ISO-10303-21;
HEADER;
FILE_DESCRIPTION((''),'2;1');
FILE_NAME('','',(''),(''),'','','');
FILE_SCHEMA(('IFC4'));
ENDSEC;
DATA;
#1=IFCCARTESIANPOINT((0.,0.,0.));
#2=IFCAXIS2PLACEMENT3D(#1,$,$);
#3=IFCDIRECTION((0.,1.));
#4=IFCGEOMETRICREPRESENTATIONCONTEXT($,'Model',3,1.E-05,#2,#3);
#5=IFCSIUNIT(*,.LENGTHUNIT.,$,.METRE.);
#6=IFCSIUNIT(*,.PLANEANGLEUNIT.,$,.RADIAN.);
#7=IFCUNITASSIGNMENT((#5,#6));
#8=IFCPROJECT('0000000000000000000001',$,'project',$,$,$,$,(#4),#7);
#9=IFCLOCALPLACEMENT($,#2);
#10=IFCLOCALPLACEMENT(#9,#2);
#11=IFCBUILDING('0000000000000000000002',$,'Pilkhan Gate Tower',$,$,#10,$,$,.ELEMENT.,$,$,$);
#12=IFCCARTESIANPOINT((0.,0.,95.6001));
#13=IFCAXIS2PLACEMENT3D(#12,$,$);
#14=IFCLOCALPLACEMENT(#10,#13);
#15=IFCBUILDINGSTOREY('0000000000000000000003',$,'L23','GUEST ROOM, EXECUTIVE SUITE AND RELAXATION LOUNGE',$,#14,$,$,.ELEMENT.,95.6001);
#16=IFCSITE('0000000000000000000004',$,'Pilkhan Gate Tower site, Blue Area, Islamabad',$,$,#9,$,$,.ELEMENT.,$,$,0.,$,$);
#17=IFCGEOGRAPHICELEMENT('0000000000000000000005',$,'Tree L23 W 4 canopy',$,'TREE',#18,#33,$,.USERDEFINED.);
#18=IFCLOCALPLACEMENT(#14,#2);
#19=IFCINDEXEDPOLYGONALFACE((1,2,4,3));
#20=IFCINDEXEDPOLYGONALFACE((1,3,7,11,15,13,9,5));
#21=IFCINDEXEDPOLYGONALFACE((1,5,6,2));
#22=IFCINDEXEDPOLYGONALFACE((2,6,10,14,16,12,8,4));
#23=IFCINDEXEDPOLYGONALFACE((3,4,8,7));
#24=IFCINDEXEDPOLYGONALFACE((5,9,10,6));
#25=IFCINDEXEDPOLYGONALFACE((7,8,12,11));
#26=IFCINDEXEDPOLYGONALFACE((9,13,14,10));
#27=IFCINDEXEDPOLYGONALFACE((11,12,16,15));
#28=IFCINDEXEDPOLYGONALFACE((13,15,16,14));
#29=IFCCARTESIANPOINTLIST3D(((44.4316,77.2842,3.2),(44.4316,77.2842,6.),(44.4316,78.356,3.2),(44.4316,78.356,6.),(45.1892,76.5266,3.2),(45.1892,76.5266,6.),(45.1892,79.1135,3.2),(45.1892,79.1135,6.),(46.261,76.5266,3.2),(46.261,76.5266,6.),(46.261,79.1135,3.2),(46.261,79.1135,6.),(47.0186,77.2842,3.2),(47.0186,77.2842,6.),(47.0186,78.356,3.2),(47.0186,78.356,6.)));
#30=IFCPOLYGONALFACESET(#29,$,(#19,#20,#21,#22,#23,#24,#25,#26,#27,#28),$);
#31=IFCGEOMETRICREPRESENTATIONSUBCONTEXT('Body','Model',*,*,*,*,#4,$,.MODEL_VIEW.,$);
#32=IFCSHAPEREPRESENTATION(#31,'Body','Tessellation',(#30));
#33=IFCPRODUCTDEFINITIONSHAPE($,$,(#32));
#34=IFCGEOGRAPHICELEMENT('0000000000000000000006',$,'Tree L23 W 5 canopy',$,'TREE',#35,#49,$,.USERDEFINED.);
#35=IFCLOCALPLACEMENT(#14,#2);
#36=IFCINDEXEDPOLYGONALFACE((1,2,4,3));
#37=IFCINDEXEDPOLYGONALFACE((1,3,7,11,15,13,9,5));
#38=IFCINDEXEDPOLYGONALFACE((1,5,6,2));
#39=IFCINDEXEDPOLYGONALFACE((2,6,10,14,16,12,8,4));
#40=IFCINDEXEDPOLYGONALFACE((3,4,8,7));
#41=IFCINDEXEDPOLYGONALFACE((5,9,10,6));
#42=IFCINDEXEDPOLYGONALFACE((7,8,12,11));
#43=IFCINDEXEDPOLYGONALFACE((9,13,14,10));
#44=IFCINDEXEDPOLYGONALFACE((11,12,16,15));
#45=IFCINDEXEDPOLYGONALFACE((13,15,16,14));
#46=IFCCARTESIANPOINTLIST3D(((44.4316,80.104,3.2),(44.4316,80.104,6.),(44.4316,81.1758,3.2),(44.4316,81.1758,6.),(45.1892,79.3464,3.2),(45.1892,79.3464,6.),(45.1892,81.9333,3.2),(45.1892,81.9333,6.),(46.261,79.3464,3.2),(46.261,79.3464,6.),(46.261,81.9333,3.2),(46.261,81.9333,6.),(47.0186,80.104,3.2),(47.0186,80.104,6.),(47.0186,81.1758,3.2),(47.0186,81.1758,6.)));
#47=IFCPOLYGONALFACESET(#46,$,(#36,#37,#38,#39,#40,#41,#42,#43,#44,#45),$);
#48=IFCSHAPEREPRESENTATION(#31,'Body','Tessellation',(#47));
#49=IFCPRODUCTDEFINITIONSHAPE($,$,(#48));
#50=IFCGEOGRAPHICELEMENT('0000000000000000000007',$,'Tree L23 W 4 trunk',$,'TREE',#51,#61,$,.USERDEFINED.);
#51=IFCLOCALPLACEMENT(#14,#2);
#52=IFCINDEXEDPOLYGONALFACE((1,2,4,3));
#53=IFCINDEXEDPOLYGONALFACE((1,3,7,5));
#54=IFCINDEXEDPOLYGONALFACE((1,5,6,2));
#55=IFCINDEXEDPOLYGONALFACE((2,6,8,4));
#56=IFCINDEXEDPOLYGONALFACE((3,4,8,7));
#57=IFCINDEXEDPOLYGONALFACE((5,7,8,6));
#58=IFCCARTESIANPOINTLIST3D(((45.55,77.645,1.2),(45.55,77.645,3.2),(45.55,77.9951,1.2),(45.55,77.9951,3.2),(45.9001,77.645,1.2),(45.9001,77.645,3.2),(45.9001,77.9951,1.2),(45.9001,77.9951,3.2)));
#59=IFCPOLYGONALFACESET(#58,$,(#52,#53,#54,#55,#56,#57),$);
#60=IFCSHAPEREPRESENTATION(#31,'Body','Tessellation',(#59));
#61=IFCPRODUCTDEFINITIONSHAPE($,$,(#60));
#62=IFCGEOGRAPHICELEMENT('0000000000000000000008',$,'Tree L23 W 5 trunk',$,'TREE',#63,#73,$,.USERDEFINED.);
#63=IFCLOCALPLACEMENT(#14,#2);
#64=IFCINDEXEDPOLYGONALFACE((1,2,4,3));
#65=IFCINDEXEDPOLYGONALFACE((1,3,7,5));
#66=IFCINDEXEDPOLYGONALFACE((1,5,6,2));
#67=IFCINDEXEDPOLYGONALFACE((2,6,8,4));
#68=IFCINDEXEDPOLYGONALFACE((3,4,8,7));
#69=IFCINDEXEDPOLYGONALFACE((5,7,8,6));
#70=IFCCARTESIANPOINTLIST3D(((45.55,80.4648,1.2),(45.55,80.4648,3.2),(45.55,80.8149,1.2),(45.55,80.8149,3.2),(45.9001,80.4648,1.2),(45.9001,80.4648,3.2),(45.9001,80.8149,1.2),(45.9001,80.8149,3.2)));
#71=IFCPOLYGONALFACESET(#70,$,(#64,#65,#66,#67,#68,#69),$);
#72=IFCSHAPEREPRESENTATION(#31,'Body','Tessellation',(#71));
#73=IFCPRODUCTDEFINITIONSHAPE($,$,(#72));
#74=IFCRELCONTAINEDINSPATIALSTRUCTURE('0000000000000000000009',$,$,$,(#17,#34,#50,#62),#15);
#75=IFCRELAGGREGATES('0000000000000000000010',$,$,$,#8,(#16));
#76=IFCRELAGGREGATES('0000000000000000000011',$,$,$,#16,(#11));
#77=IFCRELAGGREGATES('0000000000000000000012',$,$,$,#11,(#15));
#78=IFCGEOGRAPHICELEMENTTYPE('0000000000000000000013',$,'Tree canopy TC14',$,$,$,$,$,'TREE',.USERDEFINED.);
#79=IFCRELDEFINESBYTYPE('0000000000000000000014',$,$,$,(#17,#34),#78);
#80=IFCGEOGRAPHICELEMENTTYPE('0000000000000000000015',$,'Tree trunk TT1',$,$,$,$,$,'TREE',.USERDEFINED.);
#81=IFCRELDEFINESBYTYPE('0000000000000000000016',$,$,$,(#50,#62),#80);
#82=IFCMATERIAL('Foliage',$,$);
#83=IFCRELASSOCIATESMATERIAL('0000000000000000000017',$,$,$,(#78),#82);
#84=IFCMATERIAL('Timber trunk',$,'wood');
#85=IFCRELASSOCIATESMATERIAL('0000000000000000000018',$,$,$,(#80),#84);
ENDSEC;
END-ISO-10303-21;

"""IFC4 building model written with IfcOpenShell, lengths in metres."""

from ifc_helpers import new_model, si_unit, direction, frame, origin, origin_2d, place, context, subcontext, project, spatial, polyline, rectangle, outline, extrude, material, material_profile, profile_set, type_object, element, save


model = new_model("IFC4")

# Units and contexts
model_context = context("Model", 3, precision=1e-05, world=origin(), true_north=direction((0.0, 1.0)))
body_context = subcontext(model_context, "Body", "Model", "MODEL_VIEW")
ifc_project = project(units=[si_unit("LENGTHUNIT", "METRE"), si_unit("PLANEANGLEUNIT", "RADIAN")], contexts=[model_context])

# Site, building, storey
site_placement = place(None, origin())
site = spatial("IfcSite", under=ifc_project, at=site_placement, Name="Pilkhan Gate Tower site, Blue Area, Islamabad", CompositionType="ELEMENT", RefElevation=0.0)
building_placement = place(site_placement, origin())
building = spatial("IfcBuilding", under=site, at=building_placement, Name="Pilkhan Gate Tower", CompositionType="ELEMENT")
storey_placement = place(building_placement, frame((0.0, 0.0, 95.6001)))
storey = spatial("IfcBuildingStorey", under=building, at=storey_placement, Name="L23", Description="GUEST ROOM, EXECUTIVE SUITE AND RELAXATION LOUNGE", CompositionType="ELEMENT", Elevation=95.6001)

# Geographic elements
ifc_material_1 = material(Name="Foliage")
ifc_material_profile_1 = material_profile(ifc_material_1, outline(polyline([(1.2935, 0.5359), (0.5359, 1.2935), (-0.5359, 1.2935), (-1.2935, 0.5359), (-1.2935, -0.5359), (-0.5359, -1.2935), (0.5359, -1.2935), (1.2935, -0.5359), (1.2935, 0.5359)])), Name="Canopy D2.8")
ifc_profile_set_1 = profile_set([ifc_material_profile_1], Name="Foliage")
geographic_element_type_1 = type_object("IfcGeographicElementType", Name="Tree canopy TC14", ElementType="TREE", PredefinedType="USERDEFINED", material=ifc_profile_set_1)
for number, where, z_axis, x_axis, name in (
    (1, (45.7251, 77.8201, 3.2), (0.0, 0.0, 1.0), (1.0, 0.0, 0.0), "Tree L23 W 4 canopy"),
    (2, (45.7251, 80.6399, 3.2), (0.0, 0.0, 1.0), (1.0, 0.0, 0.0), "Tree L23 W 5 canopy"),
):
    element("IfcGeographicElement", number, at=place(storey_placement, frame(where, z_axis=z_axis, x_axis=x_axis)), inside=storey, type_object=geographic_element_type_1, Name=name, ObjectType="TREE", PredefinedType="USERDEFINED", context=body_context, shape_type="SweptSolid", body=[
        extrude(outline(polyline([(1.2935, 0.5359), (0.5359, 1.2935), (-0.5359, 1.2935), (-1.2935, 0.5359), (-1.2935, -0.5359), (-0.5359, -1.2935), (0.5359, -1.2935), (1.2935, -0.5359), (1.2935, 0.5359)])), origin(), (0.0, 0.0, 1.0), 2.8),
    ])
ifc_material_2 = material(Name="Timber trunk", Category="wood")
geographic_element_type_2 = type_object("IfcGeographicElementType", Name="Tree trunk TT1", ElementType="TREE", PredefinedType="USERDEFINED", material=ifc_material_2)
for number, where, z_axis, x_axis, name in (
    (3, (45.7251, 77.8201, 1.2), (0.0, 0.0, 1.0), (1.0, 0.0, 0.0), "Tree L23 W 4 trunk"),
    (4, (45.7251, 80.6399, 1.2), (0.0, 0.0, 1.0), (1.0, 0.0, 0.0), "Tree L23 W 5 trunk"),
):
    element("IfcGeographicElement", number, at=place(storey_placement, frame(where, z_axis=z_axis, x_axis=x_axis)), inside=storey, type_object=geographic_element_type_2, Name=name, ObjectType="TREE", PredefinedType="USERDEFINED", context=body_context, shape_type="SweptSolid", body=[
        extrude(rectangle(XDim=0.3501, YDim=0.3501, at=origin_2d()), origin(), (0.0, 0.0, 1.0), 2.0),
    ])

save(model, "model.ifc")
